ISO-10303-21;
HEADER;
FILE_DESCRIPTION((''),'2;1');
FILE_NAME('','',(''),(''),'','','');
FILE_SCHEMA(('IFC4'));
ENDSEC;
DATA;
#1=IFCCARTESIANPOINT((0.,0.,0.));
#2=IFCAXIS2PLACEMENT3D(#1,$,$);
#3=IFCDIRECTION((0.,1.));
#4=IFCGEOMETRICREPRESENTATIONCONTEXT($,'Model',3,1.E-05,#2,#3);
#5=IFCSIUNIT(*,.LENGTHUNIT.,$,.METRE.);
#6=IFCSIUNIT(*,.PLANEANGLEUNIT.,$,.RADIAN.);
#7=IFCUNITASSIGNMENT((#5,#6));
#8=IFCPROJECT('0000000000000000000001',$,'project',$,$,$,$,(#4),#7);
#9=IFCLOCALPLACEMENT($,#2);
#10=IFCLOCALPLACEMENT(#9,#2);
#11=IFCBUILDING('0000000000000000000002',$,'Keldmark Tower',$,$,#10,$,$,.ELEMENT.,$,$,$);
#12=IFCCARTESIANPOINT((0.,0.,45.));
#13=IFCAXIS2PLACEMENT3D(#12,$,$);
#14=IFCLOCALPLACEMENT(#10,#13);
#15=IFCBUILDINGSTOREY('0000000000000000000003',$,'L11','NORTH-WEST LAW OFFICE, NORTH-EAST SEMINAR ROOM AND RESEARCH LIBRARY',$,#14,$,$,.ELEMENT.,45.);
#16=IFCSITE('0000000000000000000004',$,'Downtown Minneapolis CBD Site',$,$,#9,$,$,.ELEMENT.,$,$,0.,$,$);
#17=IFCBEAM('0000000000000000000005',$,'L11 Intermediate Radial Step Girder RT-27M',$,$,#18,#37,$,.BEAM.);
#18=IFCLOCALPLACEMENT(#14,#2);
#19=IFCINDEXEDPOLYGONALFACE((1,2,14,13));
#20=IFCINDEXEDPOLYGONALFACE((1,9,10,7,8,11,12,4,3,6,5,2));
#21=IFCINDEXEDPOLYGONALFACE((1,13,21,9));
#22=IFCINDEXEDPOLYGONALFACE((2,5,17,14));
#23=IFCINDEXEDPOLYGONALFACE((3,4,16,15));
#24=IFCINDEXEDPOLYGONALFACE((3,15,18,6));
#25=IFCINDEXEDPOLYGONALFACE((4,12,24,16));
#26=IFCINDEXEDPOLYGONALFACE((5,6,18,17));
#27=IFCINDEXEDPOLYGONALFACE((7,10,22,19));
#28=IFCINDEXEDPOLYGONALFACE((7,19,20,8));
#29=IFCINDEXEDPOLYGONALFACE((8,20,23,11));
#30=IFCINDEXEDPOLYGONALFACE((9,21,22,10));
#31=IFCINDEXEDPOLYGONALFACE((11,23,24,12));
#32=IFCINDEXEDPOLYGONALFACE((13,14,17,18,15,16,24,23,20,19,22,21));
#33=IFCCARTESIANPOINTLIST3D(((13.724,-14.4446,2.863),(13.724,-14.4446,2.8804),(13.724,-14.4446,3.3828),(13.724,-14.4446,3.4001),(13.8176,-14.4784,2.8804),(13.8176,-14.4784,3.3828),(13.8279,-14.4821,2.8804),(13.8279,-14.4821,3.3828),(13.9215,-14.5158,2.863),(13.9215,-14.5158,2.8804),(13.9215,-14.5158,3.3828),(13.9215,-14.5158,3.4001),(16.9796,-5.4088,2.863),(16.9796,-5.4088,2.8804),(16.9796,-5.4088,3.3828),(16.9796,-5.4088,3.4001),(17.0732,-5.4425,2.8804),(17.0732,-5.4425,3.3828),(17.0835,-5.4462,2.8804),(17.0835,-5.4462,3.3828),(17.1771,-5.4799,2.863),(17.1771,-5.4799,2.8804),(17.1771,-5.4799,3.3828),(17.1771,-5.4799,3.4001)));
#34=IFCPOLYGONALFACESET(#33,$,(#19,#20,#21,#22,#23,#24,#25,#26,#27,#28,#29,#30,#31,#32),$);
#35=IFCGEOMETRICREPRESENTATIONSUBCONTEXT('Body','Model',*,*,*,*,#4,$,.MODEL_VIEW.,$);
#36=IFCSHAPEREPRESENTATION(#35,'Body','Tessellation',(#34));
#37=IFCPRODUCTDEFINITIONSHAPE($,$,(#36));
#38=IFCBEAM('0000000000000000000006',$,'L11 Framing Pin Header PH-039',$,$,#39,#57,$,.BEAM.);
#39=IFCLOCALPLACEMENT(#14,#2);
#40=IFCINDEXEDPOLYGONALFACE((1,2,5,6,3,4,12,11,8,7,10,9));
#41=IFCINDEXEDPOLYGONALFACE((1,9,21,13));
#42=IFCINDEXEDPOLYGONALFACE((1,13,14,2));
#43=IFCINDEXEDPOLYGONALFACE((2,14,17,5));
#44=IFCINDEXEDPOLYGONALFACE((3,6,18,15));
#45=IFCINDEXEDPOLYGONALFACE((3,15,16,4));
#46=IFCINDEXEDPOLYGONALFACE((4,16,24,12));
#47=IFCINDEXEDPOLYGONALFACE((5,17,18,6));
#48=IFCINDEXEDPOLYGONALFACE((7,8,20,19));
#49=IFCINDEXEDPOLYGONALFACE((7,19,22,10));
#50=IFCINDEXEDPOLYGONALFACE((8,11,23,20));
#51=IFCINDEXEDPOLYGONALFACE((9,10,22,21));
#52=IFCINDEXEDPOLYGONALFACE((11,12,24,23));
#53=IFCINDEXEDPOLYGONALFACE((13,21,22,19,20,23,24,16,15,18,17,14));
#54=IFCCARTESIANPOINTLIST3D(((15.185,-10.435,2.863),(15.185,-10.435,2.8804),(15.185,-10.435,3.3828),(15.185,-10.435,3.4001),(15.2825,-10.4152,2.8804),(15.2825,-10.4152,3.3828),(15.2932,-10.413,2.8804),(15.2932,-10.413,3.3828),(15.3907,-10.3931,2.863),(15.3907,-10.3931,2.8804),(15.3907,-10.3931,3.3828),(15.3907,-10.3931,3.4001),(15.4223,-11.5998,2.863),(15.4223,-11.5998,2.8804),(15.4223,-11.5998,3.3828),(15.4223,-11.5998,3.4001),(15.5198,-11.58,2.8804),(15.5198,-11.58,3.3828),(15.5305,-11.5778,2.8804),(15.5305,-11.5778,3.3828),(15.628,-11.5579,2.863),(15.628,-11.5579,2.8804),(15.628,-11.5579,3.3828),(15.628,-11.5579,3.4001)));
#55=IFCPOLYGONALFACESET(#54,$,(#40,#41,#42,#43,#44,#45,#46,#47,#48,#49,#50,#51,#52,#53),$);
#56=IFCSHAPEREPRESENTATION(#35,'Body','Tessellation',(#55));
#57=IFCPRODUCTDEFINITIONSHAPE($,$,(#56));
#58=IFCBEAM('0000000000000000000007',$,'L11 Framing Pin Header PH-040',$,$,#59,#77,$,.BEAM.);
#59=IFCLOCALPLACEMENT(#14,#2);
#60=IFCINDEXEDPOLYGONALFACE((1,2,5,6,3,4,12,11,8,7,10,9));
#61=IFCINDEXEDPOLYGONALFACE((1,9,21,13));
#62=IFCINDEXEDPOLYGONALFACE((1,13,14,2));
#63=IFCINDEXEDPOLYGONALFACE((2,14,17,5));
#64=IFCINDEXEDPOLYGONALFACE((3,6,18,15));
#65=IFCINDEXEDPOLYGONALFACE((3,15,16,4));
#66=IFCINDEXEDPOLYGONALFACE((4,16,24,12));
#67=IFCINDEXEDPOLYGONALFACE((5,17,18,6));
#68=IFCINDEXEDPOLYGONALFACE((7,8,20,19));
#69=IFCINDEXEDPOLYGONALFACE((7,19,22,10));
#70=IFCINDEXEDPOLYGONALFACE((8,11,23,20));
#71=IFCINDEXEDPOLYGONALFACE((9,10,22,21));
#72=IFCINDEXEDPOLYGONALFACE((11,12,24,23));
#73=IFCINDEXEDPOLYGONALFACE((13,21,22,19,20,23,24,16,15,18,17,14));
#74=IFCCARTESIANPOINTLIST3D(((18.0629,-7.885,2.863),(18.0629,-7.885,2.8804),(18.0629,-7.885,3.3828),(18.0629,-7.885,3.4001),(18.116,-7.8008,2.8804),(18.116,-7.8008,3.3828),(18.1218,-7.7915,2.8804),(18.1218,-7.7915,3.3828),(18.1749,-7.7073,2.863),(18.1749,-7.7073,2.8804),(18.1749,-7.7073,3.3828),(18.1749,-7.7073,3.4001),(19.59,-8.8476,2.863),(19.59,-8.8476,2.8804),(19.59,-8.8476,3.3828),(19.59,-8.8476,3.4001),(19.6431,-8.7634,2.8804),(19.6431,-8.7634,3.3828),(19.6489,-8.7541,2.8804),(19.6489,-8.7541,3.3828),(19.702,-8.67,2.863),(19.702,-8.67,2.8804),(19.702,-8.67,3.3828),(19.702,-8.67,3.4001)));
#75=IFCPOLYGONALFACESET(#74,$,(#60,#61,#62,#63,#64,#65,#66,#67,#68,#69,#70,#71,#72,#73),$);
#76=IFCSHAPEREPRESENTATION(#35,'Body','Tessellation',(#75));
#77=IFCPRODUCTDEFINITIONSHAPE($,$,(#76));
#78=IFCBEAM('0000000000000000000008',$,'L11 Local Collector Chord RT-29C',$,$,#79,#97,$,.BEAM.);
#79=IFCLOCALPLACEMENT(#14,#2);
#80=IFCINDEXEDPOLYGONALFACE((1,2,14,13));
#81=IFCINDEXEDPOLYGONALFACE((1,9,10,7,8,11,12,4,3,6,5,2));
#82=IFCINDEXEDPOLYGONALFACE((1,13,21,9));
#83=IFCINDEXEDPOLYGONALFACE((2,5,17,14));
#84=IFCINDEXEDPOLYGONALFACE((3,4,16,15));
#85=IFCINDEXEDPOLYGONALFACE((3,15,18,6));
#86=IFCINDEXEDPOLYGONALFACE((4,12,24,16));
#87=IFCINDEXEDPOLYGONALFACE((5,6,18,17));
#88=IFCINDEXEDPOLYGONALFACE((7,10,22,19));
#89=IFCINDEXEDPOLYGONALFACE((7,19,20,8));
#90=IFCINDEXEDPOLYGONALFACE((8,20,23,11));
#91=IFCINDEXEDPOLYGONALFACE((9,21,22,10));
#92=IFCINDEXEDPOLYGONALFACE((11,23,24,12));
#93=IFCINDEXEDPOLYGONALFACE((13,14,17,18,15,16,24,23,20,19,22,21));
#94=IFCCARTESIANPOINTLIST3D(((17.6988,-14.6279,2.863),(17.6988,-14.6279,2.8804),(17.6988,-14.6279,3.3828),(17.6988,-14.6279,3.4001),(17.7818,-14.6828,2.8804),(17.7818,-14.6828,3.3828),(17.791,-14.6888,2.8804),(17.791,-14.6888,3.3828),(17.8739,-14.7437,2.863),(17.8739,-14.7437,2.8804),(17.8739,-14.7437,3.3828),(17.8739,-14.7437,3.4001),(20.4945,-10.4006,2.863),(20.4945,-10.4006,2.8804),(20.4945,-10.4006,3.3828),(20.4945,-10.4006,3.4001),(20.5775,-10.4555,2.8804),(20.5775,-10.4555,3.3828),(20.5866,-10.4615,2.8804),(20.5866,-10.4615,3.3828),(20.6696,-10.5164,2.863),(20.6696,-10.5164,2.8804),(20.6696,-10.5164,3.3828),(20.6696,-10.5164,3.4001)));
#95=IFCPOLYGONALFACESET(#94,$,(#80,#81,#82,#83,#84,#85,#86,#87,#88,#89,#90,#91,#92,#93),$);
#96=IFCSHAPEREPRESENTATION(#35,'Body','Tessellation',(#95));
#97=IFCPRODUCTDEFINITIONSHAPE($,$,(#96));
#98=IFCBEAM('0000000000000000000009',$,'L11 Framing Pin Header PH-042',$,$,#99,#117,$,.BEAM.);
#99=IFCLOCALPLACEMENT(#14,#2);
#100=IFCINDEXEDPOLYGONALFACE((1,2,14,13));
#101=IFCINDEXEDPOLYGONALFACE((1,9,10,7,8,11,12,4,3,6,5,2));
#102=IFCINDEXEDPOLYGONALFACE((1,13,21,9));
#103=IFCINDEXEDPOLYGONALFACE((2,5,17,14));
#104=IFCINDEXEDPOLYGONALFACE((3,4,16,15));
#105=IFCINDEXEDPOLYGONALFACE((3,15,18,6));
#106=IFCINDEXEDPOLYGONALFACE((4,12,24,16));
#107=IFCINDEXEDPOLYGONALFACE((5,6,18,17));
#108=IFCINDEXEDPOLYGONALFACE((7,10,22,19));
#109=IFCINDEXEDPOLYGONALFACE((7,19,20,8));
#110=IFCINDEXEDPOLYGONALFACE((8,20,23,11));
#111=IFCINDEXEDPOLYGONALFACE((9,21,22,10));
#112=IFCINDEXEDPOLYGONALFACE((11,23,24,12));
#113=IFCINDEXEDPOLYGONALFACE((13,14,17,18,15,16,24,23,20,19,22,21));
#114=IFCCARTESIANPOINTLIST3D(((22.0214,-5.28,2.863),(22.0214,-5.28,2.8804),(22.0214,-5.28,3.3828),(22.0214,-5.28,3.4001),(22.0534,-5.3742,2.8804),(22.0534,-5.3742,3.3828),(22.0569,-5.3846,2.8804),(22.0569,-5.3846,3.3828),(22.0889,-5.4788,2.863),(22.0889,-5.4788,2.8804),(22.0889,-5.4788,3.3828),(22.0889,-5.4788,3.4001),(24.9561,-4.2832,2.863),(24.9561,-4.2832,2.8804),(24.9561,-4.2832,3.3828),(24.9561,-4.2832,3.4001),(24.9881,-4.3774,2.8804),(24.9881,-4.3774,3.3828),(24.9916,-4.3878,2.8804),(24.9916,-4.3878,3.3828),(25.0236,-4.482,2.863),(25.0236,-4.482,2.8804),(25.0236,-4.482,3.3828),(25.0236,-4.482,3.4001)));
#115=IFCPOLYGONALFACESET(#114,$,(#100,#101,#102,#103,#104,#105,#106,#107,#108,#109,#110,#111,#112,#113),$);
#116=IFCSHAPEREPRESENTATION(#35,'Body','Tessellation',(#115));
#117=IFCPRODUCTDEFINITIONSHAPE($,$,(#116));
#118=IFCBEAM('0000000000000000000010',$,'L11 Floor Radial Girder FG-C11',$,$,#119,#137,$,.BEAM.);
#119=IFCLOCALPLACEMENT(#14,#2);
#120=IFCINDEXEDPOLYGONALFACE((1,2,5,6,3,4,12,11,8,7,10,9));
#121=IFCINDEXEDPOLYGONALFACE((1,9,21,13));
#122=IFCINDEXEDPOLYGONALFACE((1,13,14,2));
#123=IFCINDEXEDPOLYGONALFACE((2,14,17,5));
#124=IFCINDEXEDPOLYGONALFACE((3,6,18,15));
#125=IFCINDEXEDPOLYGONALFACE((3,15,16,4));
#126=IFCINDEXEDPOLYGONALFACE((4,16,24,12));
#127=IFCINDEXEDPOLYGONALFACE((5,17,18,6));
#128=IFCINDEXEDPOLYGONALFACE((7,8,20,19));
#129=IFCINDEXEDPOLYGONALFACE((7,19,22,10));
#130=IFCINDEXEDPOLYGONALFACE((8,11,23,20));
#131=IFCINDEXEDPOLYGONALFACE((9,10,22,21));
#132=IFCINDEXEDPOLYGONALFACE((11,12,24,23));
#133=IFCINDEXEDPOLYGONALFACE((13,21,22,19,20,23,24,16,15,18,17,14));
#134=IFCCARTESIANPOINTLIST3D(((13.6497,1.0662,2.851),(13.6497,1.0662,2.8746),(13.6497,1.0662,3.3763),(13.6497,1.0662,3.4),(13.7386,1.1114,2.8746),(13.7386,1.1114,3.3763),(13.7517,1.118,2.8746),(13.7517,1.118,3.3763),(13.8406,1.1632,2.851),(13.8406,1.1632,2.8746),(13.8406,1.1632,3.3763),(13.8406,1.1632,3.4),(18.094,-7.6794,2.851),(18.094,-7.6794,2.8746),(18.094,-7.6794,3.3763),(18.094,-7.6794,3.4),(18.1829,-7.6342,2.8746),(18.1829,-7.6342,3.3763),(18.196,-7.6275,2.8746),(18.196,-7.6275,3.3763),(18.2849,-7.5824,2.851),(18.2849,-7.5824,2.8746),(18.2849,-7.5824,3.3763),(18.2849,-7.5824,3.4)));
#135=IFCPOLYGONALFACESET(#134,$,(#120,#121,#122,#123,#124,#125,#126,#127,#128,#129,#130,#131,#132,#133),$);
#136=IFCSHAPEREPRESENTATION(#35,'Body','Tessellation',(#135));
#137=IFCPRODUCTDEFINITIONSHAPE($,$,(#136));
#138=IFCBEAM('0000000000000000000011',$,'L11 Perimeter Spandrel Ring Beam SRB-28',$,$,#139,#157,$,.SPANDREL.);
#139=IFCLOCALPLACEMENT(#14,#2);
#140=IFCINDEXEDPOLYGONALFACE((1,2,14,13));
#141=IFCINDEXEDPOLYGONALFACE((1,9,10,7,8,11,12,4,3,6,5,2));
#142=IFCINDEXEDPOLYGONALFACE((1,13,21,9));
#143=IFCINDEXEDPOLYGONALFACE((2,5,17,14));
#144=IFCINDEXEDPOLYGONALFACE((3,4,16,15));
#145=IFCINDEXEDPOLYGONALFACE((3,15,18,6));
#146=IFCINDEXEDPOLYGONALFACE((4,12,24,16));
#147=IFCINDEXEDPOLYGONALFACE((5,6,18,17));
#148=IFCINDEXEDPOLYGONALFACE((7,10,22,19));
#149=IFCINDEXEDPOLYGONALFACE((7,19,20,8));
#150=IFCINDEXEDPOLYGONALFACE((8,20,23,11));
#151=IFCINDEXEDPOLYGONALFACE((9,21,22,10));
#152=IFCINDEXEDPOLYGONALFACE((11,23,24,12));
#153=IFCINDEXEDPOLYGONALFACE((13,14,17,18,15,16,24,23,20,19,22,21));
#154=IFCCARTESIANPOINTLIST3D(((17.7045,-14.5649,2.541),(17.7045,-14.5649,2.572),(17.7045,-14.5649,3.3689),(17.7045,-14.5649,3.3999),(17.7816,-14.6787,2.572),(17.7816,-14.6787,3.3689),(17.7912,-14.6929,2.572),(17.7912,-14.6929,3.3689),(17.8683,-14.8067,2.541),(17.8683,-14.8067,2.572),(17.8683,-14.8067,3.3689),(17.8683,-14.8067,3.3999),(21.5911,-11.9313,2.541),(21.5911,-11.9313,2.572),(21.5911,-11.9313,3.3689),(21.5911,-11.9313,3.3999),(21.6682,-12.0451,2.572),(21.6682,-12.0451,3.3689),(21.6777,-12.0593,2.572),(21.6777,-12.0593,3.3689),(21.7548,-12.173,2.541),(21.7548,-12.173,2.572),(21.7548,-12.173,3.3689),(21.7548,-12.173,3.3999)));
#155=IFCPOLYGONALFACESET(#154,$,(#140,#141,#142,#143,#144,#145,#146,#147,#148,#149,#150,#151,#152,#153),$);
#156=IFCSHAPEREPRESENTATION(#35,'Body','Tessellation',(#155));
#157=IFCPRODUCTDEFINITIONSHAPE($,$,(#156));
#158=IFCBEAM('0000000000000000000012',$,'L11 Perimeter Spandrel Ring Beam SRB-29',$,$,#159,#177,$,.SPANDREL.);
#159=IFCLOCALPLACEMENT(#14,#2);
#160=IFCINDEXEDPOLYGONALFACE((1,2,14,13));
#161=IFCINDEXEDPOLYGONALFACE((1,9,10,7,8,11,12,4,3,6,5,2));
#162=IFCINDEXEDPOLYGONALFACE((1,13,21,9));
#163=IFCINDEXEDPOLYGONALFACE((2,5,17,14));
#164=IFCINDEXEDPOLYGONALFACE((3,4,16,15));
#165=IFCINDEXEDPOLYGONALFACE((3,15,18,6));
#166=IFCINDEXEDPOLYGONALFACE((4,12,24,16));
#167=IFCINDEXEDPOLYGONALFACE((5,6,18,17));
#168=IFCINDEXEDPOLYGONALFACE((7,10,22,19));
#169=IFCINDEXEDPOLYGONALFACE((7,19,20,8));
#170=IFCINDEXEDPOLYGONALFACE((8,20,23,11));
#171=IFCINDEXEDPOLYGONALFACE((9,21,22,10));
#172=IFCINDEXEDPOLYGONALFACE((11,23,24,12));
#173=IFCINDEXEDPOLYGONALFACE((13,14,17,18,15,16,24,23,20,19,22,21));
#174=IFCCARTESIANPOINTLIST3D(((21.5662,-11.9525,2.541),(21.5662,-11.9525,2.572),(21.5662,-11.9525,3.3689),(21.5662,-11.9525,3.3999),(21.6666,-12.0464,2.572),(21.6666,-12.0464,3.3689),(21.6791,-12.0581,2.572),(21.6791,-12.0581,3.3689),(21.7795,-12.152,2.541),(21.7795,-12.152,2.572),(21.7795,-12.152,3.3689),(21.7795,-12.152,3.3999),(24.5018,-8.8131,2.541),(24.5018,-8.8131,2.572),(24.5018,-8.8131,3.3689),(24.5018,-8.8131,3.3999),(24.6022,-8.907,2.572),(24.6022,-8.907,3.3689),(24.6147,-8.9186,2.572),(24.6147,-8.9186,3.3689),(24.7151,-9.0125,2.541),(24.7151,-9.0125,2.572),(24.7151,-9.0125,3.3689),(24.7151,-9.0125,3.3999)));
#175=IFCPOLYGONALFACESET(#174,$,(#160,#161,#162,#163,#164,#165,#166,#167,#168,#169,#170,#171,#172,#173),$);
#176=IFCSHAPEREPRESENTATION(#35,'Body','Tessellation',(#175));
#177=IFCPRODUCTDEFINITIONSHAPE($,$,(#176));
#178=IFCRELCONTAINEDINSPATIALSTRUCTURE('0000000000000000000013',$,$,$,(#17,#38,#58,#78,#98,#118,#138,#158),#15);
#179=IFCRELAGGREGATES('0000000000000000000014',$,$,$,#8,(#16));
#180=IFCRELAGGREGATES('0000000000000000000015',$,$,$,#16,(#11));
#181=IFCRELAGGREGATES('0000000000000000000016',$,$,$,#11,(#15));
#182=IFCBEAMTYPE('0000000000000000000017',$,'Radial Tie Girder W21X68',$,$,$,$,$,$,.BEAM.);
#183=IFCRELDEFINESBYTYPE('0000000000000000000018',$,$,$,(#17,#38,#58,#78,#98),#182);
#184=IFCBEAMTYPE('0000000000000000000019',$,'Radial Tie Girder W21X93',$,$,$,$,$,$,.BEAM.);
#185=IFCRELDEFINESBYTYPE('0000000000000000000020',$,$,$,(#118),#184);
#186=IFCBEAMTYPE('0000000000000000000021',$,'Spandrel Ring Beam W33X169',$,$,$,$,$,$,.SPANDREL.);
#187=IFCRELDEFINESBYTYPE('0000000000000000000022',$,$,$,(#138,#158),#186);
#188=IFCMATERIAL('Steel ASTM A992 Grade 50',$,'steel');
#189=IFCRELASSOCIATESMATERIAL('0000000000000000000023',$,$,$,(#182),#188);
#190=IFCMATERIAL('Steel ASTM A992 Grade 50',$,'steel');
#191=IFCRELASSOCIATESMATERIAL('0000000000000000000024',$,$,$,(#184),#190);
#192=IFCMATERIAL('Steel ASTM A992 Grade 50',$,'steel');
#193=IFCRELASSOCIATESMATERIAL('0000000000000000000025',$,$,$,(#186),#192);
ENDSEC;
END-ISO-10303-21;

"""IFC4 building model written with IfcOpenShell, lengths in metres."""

from ifc_helpers import new_model, si_unit, direction, frame, origin, origin_2d, place, context, subcontext, project, spatial, i_section, extrude, material, material_profile, profile_set, type_object, element, save


model = new_model("IFC4")

# Units and contexts
model_context = context("Model", 3, precision=1e-05, world=origin(), true_north=direction((0.0, 1.0)))
body_context = subcontext(model_context, "Body", "Model", "MODEL_VIEW")
ifc_project = project(units=[si_unit("LENGTHUNIT", "METRE"), si_unit("PLANEANGLEUNIT", "RADIAN")], contexts=[model_context])

# Site, building, storey
site_placement = place(None, origin())
site = spatial("IfcSite", under=ifc_project, at=site_placement, Name="Downtown Minneapolis CBD Site", CompositionType="ELEMENT", RefElevation=0.0)
building_placement = place(site_placement, origin())
building = spatial("IfcBuilding", under=site, at=building_placement, Name="Keldmark Tower", CompositionType="ELEMENT")
storey_placement = place(building_placement, frame((0.0, 0.0, 45.0)))
storey = spatial("IfcBuildingStorey", under=building, at=storey_placement, Name="L11", Description="NORTH-WEST LAW OFFICE, NORTH-EAST SEMINAR ROOM AND RESEARCH LIBRARY", CompositionType="ELEMENT", Elevation=45.0)

# Beams
ifc_material_1 = material(Name="Steel ASTM A992 Grade 50", Category="steel")
ifc_material_profile_1 = material_profile(ifc_material_1, i_section(OverallWidth=0.21, OverallDepth=0.5371, WebThickness=0.011, FlangeThickness=0.0173, at=origin_2d()), Name="W21X68")
ifc_profile_set_1 = profile_set([ifc_material_profile_1], Name="Steel ASTM A992 Grade 50")
beam_type_1 = type_object("IfcBeamType", Name="Radial Tie Girder W21X68", PredefinedType="BEAM", material=ifc_profile_set_1)
beam_1_placement = place(storey_placement, frame((17.0784, -5.4443, 3.1316), z_axis=(-0.338968, -0.940798, 0.0), x_axis=(0.940798, -0.338968, 0.0)))
element("IfcBeam", 1, at=beam_1_placement, inside=storey, type_object=beam_type_1, Name="L11 Intermediate Radial Step Girder RT-27M", PredefinedType="BEAM", context=body_context, shape_type="SweptSolid", body=[
    extrude(i_section(OverallWidth=0.21, OverallDepth=0.5371, WebThickness=0.011, FlangeThickness=0.0173, at=origin_2d()), origin(), (0.0, 0.0, 1.0), 9.6045),
])
beam_2_placement = place(storey_placement, frame((15.2878, -10.4141, 3.1316), z_axis=(0.19963, -0.979871, 0.0), x_axis=(0.979871, 0.19963, 0.0)))
element("IfcBeam", 2, at=beam_2_placement, inside=storey, type_object=beam_type_1, Name="L11 Framing Pin Header PH-039", PredefinedType="BEAM", context=body_context, shape_type="SweptSolid", body=[
    extrude(i_section(OverallWidth=0.21, OverallDepth=0.5371, WebThickness=0.011, FlangeThickness=0.0173, at=origin_2d()), origin(), (0.0, 0.0, 1.0), 1.1887),
])
beam_3_placement = place(storey_placement, frame((18.1189, -7.7961, 3.1316), z_axis=(0.845948, -0.533265, 0.0), x_axis=(0.533265, 0.845948, 0.0)))
element("IfcBeam", 3, at=beam_3_placement, inside=storey, type_object=beam_type_1, Name="L11 Framing Pin Header PH-040", PredefinedType="BEAM", context=body_context, shape_type="SweptSolid", body=[
    extrude(i_section(OverallWidth=0.21, OverallDepth=0.5371, WebThickness=0.011, FlangeThickness=0.0173, at=origin_2d()), origin(), (0.0, 0.0, 1.0), 1.8052),
])
beam_4_placement = place(storey_placement, frame((17.7864, -14.6858, 3.1316), z_axis=(0.551617, 0.834097, 0.0), x_axis=(-0.834097, 0.551617, 0.0)))
element("IfcBeam", 4, at=beam_4_placement, inside=storey, type_object=beam_type_1, Name="L11 Local Collector Chord RT-29C", PredefinedType="BEAM", context=body_context, shape_type="SweptSolid", body=[
    extrude(i_section(OverallWidth=0.21, OverallDepth=0.5371, WebThickness=0.011, FlangeThickness=0.0173, at=origin_2d()), origin(), (0.0, 0.0, 1.0), 5.0681),
])
beam_5_placement = place(storey_placement, frame((22.0552, -5.3794, 3.1316), z_axis=(0.946872, 0.32161, 0.0), x_axis=(-0.32161, 0.946872, 0.0)))
element("IfcBeam", 5, at=beam_5_placement, inside=storey, type_object=beam_type_1, Name="L11 Framing Pin Header PH-042", PredefinedType="BEAM", context=body_context, shape_type="SweptSolid", body=[
    extrude(i_section(OverallWidth=0.21, OverallDepth=0.5371, WebThickness=0.011, FlangeThickness=0.0173, at=origin_2d()), origin(), (0.0, 0.0, 1.0), 3.0994),
])
ifc_material_2 = material(Name="Steel ASTM A992 Grade 50", Category="steel")
ifc_material_profile_2 = material_profile(ifc_material_2, i_section(OverallWidth=0.2141, OverallDepth=0.5491, WebThickness=0.0146, FlangeThickness=0.0237, at=origin_2d()), Name="W21X93")
ifc_profile_set_2 = profile_set([ifc_material_profile_2], Name="Steel ASTM A992 Grade 50")
beam_type_2 = type_object("IfcBeamType", Name="Radial Tie Girder W21X93", PredefinedType="BEAM", material=ifc_profile_set_2)
beam_6_placement = place(storey_placement, frame((18.1895, -7.6309, 3.1255), z_axis=(-0.453038, 0.891491, 0.0), x_axis=(-0.891491, -0.453038, 0.0)))
element("IfcBeam", 6, at=beam_6_placement, inside=storey, type_object=beam_type_2, Name="L11 Floor Radial Girder FG-C11", PredefinedType="BEAM", context=body_context, shape_type="SweptSolid", body=[
    extrude(i_section(OverallWidth=0.2141, OverallDepth=0.5491, WebThickness=0.0146, FlangeThickness=0.0237, at=origin_2d()), origin(), (0.0, 0.0, 1.0), 9.8101),
])
ifc_material_3 = material(Name="Steel ASTM A992 Grade 50", Category="steel")
ifc_material_profile_3 = material_profile(ifc_material_3, i_section(OverallWidth=0.292, OverallDepth=0.8589, WebThickness=0.0171, FlangeThickness=0.031, at=origin_2d()), Name="W33X169")
ifc_profile_set_3 = profile_set([ifc_material_profile_3], Name="Steel ASTM A992 Grade 50")
beam_type_3 = type_object("IfcBeamType", Name="Spandrel Ring Beam W33X169", PredefinedType="SPANDREL", material=ifc_profile_set_3)
beam_7_placement = place(storey_placement, frame((17.7864, -14.6858, 2.9705), z_axis=(0.827842, 0.560961, 0.0), x_axis=(-0.560961, 0.827842, 0.0)))
element("IfcBeam", 7, at=beam_7_placement, inside=storey, type_object=beam_type_3, Name="L11 Perimeter Spandrel Ring Beam SRB-28", PredefinedType="SPANDREL", context=body_context, shape_type="SweptSolid", body=[
    extrude(i_section(OverallWidth=0.292, OverallDepth=0.8589, WebThickness=0.0171, FlangeThickness=0.031, at=origin_2d()), origin(), (0.0, 0.0, 1.0), 4.6948),
])
beam_8_placement = place(storey_placement, frame((21.6729, -12.0522, 2.9705), z_axis=(0.682994, 0.730424, 0.0), x_axis=(-0.730424, 0.682994, 0.0)))
element("IfcBeam", 8, at=beam_8_placement, inside=storey, type_object=beam_type_3, Name="L11 Perimeter Spandrel Ring Beam SRB-29", PredefinedType="SPANDREL", context=body_context, shape_type="SweptSolid", body=[
    extrude(i_section(OverallWidth=0.292, OverallDepth=0.8589, WebThickness=0.0171, FlangeThickness=0.031, at=origin_2d()), origin(), (0.0, 0.0, 1.0), 4.2981),
])

save(model, "model.ifc")
